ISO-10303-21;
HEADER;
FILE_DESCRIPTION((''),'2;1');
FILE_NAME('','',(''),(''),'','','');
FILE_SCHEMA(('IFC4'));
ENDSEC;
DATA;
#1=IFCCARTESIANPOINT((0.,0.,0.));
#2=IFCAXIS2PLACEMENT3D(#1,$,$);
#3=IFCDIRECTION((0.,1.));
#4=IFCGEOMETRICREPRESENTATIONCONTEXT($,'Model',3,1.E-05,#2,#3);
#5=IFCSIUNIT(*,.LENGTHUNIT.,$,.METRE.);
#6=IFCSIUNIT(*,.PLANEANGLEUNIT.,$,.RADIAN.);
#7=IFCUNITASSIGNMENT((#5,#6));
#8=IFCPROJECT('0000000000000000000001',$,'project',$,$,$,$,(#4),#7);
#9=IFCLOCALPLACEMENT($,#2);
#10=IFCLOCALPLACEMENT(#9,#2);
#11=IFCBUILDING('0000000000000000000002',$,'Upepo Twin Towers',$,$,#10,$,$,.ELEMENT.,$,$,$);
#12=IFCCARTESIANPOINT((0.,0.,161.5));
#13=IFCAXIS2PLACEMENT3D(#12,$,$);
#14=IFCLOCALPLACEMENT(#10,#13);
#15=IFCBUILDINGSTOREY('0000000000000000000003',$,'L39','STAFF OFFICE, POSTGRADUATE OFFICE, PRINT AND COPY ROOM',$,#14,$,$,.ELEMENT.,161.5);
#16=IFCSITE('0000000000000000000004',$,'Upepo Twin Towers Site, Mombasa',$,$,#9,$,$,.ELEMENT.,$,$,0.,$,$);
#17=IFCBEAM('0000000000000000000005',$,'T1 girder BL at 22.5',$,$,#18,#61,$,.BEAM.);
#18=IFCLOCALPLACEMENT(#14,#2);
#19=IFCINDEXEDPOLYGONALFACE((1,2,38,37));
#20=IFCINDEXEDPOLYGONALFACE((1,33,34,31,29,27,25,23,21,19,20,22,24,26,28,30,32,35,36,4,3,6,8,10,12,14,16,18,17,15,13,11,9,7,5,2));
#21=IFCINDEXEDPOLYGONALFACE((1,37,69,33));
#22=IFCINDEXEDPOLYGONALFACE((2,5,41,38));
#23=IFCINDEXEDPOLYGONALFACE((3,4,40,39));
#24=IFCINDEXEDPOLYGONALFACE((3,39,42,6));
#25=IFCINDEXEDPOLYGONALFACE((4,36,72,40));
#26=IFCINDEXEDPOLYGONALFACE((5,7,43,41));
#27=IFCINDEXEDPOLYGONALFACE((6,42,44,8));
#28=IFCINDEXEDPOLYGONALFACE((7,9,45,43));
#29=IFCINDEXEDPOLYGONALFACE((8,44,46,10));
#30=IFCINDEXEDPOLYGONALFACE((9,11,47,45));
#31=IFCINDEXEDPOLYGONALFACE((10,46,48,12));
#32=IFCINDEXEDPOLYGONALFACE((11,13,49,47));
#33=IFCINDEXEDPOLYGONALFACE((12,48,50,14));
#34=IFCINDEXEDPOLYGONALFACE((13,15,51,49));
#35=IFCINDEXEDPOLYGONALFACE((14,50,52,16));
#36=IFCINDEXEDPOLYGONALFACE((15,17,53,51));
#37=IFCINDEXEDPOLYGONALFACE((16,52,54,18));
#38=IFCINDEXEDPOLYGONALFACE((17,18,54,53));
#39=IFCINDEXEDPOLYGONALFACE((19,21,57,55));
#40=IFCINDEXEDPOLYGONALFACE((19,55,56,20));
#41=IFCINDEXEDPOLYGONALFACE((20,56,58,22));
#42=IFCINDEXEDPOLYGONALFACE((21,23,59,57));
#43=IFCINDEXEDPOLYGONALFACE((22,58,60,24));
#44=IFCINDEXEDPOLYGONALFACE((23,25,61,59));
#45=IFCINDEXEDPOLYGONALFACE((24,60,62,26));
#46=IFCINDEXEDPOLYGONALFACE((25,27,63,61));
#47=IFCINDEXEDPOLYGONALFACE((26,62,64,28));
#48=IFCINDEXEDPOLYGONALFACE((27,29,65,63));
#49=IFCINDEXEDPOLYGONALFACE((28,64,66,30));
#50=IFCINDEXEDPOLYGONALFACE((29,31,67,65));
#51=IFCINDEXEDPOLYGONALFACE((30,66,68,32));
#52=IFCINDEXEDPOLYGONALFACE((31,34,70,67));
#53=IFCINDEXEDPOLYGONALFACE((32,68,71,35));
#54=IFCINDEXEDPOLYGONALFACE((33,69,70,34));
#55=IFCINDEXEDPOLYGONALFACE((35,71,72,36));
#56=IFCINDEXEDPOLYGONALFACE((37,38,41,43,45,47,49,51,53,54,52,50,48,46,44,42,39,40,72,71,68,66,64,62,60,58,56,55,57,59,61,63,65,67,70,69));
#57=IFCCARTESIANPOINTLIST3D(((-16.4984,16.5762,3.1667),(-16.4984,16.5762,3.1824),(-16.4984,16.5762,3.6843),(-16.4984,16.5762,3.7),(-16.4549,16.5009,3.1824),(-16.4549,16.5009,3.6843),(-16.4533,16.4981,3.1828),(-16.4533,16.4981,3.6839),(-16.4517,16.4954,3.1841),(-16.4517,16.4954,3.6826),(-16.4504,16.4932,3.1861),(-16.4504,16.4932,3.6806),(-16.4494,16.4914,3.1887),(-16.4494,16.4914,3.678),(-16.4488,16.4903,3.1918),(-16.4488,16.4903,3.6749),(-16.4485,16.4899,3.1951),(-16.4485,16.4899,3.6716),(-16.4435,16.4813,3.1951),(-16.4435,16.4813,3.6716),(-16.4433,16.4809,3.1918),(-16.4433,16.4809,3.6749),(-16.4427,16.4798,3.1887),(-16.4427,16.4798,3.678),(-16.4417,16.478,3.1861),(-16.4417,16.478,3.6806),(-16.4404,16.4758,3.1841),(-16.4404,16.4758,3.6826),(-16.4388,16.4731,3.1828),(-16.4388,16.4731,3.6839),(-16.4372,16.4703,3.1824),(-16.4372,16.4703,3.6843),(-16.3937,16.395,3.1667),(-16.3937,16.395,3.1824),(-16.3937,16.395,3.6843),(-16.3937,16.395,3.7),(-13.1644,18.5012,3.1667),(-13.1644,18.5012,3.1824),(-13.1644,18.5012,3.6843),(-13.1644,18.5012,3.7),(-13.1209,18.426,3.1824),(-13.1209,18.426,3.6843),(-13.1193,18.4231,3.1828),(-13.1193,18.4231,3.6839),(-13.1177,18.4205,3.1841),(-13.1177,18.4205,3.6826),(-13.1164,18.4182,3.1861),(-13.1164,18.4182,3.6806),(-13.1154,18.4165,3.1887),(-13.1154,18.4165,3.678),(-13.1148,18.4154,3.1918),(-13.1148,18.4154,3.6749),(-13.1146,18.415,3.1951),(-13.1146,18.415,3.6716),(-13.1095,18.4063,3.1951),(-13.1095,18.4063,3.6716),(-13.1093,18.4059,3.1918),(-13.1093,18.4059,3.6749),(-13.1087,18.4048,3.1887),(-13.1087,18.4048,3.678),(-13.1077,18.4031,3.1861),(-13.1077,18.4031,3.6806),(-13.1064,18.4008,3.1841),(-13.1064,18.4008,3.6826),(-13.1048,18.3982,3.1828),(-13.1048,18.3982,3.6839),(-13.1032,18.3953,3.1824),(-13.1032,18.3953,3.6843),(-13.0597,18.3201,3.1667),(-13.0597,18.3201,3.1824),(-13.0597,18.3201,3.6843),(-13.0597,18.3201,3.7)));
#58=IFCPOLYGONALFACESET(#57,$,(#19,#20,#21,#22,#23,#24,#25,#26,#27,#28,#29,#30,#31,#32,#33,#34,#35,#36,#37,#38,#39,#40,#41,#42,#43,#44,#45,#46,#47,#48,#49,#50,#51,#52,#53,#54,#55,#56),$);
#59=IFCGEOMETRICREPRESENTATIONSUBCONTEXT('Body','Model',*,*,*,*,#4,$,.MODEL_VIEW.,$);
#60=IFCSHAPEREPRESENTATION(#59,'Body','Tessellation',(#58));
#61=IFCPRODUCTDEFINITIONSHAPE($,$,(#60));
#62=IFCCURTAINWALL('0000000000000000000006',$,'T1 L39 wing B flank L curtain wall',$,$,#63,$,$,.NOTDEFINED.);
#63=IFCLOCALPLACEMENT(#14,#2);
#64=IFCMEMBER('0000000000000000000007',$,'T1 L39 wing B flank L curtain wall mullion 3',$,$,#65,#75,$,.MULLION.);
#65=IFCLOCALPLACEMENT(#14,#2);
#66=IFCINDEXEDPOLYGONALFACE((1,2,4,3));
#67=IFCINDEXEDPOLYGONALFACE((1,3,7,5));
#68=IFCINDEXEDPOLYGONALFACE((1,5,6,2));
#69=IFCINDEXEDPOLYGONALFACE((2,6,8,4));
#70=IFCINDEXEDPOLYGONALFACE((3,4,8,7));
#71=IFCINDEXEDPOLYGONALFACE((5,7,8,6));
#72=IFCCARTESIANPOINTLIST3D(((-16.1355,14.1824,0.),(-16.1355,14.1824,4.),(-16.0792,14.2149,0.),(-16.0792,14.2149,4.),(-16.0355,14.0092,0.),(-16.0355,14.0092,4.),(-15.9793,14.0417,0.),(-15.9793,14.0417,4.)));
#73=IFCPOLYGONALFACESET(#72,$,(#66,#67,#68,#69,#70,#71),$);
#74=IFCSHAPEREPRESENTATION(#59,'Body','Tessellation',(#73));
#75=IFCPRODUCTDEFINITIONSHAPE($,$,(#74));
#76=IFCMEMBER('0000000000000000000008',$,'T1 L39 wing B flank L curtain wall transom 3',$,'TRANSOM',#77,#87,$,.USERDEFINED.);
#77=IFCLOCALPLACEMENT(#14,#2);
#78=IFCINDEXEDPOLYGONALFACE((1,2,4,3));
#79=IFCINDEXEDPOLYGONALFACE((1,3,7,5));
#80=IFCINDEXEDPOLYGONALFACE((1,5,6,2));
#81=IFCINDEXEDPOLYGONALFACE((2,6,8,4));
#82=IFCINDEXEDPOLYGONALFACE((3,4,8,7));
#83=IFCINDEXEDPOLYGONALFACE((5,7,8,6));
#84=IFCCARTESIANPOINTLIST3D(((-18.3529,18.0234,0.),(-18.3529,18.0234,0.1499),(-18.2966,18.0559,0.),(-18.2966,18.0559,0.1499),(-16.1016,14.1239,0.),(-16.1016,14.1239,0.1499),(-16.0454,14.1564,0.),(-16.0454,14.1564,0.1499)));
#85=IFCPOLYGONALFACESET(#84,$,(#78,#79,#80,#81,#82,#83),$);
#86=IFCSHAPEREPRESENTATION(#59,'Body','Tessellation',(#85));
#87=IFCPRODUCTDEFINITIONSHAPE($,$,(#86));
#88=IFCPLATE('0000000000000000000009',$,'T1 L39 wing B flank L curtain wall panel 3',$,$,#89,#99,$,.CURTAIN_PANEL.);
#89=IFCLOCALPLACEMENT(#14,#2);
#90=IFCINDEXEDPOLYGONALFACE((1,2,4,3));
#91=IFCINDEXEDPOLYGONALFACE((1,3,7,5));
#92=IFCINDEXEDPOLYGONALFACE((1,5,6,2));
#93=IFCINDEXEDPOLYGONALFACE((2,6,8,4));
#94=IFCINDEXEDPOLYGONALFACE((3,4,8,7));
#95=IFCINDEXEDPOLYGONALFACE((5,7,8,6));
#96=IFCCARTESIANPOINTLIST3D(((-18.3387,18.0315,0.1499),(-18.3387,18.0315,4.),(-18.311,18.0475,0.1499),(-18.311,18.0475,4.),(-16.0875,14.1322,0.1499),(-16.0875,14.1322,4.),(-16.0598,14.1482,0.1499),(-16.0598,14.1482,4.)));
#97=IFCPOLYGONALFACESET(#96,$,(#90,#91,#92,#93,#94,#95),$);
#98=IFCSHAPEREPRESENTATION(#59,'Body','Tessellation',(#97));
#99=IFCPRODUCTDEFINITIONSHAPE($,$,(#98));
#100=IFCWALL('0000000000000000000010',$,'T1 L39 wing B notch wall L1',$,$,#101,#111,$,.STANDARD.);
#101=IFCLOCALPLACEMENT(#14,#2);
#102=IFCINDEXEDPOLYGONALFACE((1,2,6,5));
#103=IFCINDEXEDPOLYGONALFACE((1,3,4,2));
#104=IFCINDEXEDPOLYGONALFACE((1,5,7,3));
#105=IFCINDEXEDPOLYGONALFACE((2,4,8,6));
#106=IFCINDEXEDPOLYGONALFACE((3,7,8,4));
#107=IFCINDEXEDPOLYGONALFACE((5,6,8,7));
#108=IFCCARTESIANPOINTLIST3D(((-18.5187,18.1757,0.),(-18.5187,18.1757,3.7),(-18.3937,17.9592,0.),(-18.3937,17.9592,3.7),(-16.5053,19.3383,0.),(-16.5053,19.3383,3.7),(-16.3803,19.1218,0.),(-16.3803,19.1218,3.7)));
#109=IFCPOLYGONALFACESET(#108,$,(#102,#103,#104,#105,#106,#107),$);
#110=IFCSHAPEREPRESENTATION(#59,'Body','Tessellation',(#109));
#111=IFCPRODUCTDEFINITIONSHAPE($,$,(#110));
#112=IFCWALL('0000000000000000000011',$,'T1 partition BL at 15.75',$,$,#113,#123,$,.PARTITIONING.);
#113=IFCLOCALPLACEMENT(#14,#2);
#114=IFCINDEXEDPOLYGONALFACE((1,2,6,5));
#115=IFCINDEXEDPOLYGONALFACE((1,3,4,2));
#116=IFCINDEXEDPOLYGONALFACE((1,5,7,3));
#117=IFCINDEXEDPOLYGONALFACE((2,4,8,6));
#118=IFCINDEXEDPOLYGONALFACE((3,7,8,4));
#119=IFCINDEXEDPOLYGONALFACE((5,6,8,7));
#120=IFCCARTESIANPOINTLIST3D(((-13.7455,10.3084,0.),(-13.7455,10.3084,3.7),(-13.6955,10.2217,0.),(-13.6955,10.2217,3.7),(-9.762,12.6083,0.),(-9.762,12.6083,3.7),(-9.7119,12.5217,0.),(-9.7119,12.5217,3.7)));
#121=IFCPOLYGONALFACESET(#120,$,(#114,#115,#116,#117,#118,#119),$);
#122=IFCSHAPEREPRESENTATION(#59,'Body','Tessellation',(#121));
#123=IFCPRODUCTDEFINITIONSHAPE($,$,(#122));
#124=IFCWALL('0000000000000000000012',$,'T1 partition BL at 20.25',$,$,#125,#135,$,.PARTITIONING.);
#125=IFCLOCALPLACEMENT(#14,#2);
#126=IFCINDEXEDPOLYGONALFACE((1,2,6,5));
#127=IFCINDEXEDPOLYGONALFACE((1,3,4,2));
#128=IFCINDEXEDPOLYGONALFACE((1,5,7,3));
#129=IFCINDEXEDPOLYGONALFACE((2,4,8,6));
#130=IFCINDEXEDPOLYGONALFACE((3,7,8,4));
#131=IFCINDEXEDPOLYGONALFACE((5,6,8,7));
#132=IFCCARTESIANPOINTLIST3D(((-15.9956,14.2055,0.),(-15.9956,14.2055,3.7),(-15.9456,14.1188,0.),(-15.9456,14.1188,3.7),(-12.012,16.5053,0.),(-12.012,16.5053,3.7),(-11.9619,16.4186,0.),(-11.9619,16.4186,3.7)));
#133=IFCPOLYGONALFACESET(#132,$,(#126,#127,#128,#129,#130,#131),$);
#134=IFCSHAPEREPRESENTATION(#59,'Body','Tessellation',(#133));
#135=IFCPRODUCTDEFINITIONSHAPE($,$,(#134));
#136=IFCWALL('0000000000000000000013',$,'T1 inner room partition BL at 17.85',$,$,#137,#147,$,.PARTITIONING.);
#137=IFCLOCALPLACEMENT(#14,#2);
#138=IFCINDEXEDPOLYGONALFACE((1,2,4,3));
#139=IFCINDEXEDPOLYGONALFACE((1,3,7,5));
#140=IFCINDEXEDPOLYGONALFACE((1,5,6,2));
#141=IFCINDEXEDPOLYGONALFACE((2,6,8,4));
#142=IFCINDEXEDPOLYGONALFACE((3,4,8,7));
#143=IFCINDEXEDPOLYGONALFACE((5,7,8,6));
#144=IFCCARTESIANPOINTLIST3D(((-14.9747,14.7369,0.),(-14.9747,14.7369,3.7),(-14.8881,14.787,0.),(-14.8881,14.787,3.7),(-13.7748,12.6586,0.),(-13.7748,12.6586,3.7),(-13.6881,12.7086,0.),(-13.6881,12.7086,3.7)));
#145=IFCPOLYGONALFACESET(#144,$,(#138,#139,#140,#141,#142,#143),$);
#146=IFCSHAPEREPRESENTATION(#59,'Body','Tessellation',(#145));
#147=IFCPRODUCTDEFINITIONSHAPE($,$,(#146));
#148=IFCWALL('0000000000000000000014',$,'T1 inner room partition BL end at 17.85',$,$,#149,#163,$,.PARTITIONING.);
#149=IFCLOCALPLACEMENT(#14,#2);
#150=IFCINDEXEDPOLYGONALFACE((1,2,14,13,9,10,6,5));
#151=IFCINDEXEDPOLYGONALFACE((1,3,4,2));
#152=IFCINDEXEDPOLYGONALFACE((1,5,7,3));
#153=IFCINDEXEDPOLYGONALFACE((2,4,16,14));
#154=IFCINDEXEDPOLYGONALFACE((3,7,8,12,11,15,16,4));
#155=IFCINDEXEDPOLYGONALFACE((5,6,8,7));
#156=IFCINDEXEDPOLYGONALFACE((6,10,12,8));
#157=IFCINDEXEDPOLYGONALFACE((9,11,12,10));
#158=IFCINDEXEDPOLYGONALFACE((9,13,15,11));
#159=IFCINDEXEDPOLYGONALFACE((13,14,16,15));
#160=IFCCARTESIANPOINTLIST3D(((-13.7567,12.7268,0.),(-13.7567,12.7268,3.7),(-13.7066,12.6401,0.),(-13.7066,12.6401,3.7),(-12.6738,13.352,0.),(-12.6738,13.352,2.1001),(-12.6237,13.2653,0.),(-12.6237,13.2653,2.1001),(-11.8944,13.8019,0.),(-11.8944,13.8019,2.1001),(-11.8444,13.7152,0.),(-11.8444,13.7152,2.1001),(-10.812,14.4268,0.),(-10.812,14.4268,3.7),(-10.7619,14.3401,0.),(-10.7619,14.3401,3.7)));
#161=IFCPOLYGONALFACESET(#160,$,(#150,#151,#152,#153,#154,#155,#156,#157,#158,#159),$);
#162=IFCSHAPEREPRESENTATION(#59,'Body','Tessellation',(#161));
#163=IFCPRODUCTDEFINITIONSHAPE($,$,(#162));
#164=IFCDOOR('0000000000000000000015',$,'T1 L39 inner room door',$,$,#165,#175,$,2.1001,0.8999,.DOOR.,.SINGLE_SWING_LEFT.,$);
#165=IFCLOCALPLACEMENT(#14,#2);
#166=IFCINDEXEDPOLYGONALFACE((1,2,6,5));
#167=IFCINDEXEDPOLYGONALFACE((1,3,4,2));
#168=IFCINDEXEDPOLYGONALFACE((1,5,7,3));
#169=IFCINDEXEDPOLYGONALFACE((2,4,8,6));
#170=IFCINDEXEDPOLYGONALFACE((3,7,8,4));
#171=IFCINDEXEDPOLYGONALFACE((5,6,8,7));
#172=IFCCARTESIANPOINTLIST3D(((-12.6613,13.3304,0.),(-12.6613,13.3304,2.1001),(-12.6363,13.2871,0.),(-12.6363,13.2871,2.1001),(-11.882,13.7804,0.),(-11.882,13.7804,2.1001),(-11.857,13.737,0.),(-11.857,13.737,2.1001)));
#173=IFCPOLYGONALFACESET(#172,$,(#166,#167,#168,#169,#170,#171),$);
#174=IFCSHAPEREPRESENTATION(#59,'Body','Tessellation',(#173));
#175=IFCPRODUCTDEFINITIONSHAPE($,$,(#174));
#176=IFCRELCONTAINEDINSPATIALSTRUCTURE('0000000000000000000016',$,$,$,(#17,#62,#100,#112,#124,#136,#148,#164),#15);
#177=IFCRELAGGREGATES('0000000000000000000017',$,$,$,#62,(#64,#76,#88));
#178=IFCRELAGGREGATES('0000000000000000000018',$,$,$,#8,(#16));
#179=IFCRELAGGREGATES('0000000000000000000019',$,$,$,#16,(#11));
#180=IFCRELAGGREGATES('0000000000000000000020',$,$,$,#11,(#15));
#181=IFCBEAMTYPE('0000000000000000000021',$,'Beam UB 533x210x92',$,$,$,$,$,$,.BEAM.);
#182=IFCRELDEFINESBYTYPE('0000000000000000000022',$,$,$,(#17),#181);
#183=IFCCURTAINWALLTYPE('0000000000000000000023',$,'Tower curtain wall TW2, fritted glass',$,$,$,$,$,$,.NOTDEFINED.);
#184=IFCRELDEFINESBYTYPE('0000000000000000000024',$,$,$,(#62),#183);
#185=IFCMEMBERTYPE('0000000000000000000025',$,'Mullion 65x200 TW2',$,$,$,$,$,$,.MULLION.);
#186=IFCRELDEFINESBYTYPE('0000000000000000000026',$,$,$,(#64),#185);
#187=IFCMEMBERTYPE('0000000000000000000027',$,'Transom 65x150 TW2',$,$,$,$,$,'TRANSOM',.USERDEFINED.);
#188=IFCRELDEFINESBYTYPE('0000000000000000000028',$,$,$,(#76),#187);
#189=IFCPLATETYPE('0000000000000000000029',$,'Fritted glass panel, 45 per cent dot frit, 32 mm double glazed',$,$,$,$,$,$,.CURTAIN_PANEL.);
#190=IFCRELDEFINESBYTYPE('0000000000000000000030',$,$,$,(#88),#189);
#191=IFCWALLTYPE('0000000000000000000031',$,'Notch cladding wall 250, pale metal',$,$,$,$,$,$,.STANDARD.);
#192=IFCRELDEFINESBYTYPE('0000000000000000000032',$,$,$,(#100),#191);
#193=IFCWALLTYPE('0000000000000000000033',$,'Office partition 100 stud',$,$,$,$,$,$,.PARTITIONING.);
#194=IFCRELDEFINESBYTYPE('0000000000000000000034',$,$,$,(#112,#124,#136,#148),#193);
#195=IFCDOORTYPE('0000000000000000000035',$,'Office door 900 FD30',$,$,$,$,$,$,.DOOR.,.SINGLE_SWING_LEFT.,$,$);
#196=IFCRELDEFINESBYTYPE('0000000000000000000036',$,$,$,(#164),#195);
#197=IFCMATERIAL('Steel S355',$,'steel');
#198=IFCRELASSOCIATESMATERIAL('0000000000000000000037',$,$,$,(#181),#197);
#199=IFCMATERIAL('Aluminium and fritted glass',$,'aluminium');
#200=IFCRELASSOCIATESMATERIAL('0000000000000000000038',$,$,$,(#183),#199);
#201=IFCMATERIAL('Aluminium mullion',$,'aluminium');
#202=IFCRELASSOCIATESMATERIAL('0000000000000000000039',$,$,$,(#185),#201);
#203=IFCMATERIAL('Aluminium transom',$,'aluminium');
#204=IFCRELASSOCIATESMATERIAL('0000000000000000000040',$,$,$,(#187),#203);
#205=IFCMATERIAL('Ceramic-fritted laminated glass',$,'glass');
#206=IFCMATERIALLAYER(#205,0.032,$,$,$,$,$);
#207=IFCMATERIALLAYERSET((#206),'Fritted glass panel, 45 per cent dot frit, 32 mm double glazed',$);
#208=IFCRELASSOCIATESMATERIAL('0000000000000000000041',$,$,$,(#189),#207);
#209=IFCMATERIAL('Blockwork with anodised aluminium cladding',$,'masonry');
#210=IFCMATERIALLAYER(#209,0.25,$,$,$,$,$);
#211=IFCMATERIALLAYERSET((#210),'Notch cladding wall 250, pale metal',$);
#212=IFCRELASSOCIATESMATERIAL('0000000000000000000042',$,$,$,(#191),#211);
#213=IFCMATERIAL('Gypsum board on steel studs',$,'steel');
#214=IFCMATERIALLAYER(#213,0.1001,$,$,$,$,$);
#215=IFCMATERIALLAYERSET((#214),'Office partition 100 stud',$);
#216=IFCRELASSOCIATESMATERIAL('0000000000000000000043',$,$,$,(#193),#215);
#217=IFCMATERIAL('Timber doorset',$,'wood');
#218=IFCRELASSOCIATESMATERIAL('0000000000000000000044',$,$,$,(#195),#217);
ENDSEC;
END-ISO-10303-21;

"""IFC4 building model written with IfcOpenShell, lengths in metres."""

from ifc_helpers import new_model, si_unit, direction, frame, frame_2d, origin, origin_2d, place, context, subcontext, project, spatial, rectangle, i_section, extrude, material, layer, layer_set, material_profile, profile_set, type_object, element, fill, aggregate, save


model = new_model("IFC4")

# Units and contexts
model_context = context("Model", 3, precision=1e-05, world=origin(), true_north=direction((0.0, 1.0)))
body_context = subcontext(model_context, "Body", "Model", "MODEL_VIEW")
ifc_project = project(units=[si_unit("LENGTHUNIT", "METRE"), si_unit("PLANEANGLEUNIT", "RADIAN")], contexts=[model_context])

# Site, building, storey
site_placement = place(None, origin())
site = spatial("IfcSite", under=ifc_project, at=site_placement, Name="Upepo Twin Towers Site, Mombasa", CompositionType="ELEMENT", RefElevation=0.0)
building_placement = place(site_placement, origin())
building = spatial("IfcBuilding", under=site, at=building_placement, Name="Upepo Twin Towers", CompositionType="ELEMENT")
storey_placement = place(building_placement, frame((0.0, 0.0, 161.5)))
storey = spatial("IfcBuildingStorey", under=building, at=storey_placement, Name="L39", Description="STAFF OFFICE, POSTGRADUATE OFFICE, PRINT AND COPY ROOM", CompositionType="ELEMENT", Elevation=161.5)

# Beam
ifc_material_1 = material(Name="Steel S355", Category="steel")
ifc_material_profile_1 = material_profile(ifc_material_1, i_section(OverallWidth=0.2092, OverallDepth=0.5332, WebThickness=0.01, FlangeThickness=0.0156, FilletRadius=0.0127, at=origin_2d()), Name="UB 533x210x92")
ifc_profile_set_1 = profile_set([ifc_material_profile_1], Name="Steel S355")
beam_type_1 = type_object("IfcBeamType", Name="Beam UB 533x210x92", PredefinedType="BEAM", material=ifc_profile_set_1)
for number, where, z_axis, x_axis, name in (
    (1, (-16.446, 16.4856, 3.4333), (0.866006, 0.500034, 0.0), (-0.500034, 0.866006, 0.0), "T1 girder BL at 22.5"),
):
    element("IfcBeam", number, at=place(storey_placement, frame(where, z_axis=z_axis, x_axis=x_axis)), inside=storey, type_object=beam_type_1, Name=name, PredefinedType="BEAM", context=body_context, shape_type="SweptSolid", body=[
        extrude(i_section(OverallWidth=0.2092, OverallDepth=0.5332, WebThickness=0.01, FlangeThickness=0.0156, FilletRadius=0.0127, at=origin_2d()), origin(), (0.0, 0.0, 1.0), 3.8499),
    ])

# Curtain wall, members, plate
ifc_material_2 = material(Name="Aluminium and fritted glass", Category="aluminium")
curtain_wall_type = type_object("IfcCurtainWallType", Name="Tower curtain wall TW2, fritted glass", PredefinedType="NOTDEFINED", material=ifc_material_2)
curtain_wall_placement = place(storey_placement, origin())
curtain_wall = element("IfcCurtainWall", 2, at=curtain_wall_placement, inside=storey, type_object=curtain_wall_type, Name="T1 L39 wing B flank L curtain wall", PredefinedType="NOTDEFINED")
ifc_material_3 = material(Name="Aluminium mullion", Category="aluminium")
ifc_material_profile_2 = material_profile(ifc_material_3, rectangle(XDim=0.0649, YDim=0.2, at=origin_2d()), Name="MULLION 65x200")
ifc_profile_set_2 = profile_set([ifc_material_profile_2], Name="Aluminium mullion")
member_type_1 = type_object("IfcMemberType", Name="Mullion 65x200 TW2", PredefinedType="MULLION", material=ifc_profile_set_2)
member_1_placement = place(storey_placement, frame((-16.0574, 14.1121, 0.0), z_axis=(0.0, 0.0, 1.0), x_axis=(-0.866025, -0.5, 0.0)))
member_1 = element("IfcMember", 3, at=member_1_placement, type_object=member_type_1, Name="T1 L39 wing B flank L curtain wall mullion 3", PredefinedType="MULLION", context=body_context, shape_type="SweptSolid", body=[
    extrude(rectangle(XDim=0.0649, YDim=0.2, at=origin_2d()), origin(), (0.0, 0.0, 1.0), 4.0),
])
ifc_material_4 = material(Name="Aluminium transom", Category="aluminium")
ifc_material_profile_3 = material_profile(ifc_material_4, rectangle(XDim=0.0649, YDim=0.1499, at=origin_2d()), Name="TRANSOM 65x150")
ifc_profile_set_3 = profile_set([ifc_material_profile_3], Name="Aluminium transom")
member_type_2 = type_object("IfcMemberType", Name="Transom 65x150 TW2", ElementType="TRANSOM", PredefinedType="USERDEFINED", material=ifc_profile_set_3)
member_2_placement = place(storey_placement, frame((-16.0735, 14.1401, 0.075), z_axis=(-0.499982, 0.866036, 0.0), x_axis=(-0.866036, -0.499982, 0.0)))
member_2 = element("IfcMember", 4, at=member_2_placement, type_object=member_type_2, Name="T1 L39 wing B flank L curtain wall transom 3", ObjectType="TRANSOM", PredefinedType="USERDEFINED", context=body_context, shape_type="SweptSolid", body=[
    extrude(rectangle(XDim=0.0649, YDim=0.1499, at=origin_2d()), origin(), (0.0, 0.0, 1.0), 4.5027),
])
ifc_material_5 = material(Name="Ceramic-fritted laminated glass", Category="glass")
ifc_layer_1 = layer(ifc_material_5, 0.032)
ifc_layer_set_1 = layer_set([ifc_layer_1], Name="Fritted glass panel, 45 per cent dot frit, 32 mm double glazed")
plate_type = type_object("IfcPlateType", Name="Fritted glass panel, 45 per cent dot frit, 32 mm double glazed", PredefinedType="CURTAIN_PANEL", material=ifc_layer_set_1)
plate_placement = place(storey_placement, frame((-17.1992, 16.0898, 0.1499), z_axis=(0.0, 0.0, 1.0), x_axis=(-0.5, 0.866025, 0.0)))
plate = element("IfcPlate", 5, at=plate_placement, type_object=plate_type, Name="T1 L39 wing B flank L curtain wall panel 3", PredefinedType="CURTAIN_PANEL", context=body_context, shape_type="SweptSolid", body=[
    extrude(rectangle(XDim=4.5024, YDim=0.032, at=origin_2d()), origin(), (0.0, 0.0, 1.0), 3.8501),
])
aggregate(curtain_wall, [member_1, member_2, plate])

# Walls
ifc_material_6 = material(Name="Blockwork with anodised aluminium cladding", Category="masonry")
ifc_layer_2 = layer(ifc_material_6, 0.25)
ifc_layer_set_2 = layer_set([ifc_layer_2], Name="Notch cladding wall 250, pale metal")
wall_type_1 = type_object("IfcWallType", Name="Notch cladding wall 250, pale metal", PredefinedType="STANDARD", material=ifc_layer_set_2)
wall_1_placement = place(storey_placement, frame((-18.4563, 18.0674, 0.0), z_axis=(0.0, 0.0, 1.0), x_axis=(0.865998, 0.500047, 0.0)))
element("IfcWall", 6, at=wall_1_placement, inside=storey, type_object=wall_type_1, Name="T1 L39 wing B notch wall L1", PredefinedType="STANDARD", context=body_context, shape_type="SweptSolid", body=[
    extrude(rectangle(XDim=2.325, YDim=0.25, at=frame_2d((1.1626, 0.0))), origin(), (0.0, 0.0, 1.0), 3.7),
])
ifc_material_7 = material(Name="Gypsum board on steel studs", Category="steel")
ifc_layer_3 = layer(ifc_material_7, 0.1001)
ifc_layer_set_3 = layer_set([ifc_layer_3], Name="Office partition 100 stud")
wall_type_2 = type_object("IfcWallType", Name="Office partition 100 stud", PredefinedType="PARTITIONING", material=ifc_layer_set_3)
for number, where, z_axis, x_axis, name in (
    (7, (-9.7371, 12.5649, 0.0), (0.0, 0.0, 1.0), (-0.866017, -0.500015, 0.0), "T1 partition BL at 15.75"),
    (8, (-11.9871, 16.4619, 0.0), (0.0, 0.0, 1.0), (-0.86604, -0.499975, 0.0), "T1 partition BL at 20.25"),
):
    element("IfcWall", number, at=place(storey_placement, frame(where, z_axis=z_axis, x_axis=x_axis)), inside=storey, type_object=wall_type_2, Name=name, PredefinedType="PARTITIONING", context=body_context, shape_type="SweptSolid", body=[
        extrude(rectangle(XDim=4.5999, YDim=0.1001, at=frame_2d((2.2998, 0.0))), origin(), (0.0, 0.0, 1.0), 3.7),
    ])
wall_2_placement = place(storey_placement, frame((-13.7314, 12.6836, 0.0), z_axis=(0.0, 0.0, 1.0), x_axis=(-0.500001, 0.866025, 0.0)))
element("IfcWall", 9, at=wall_2_placement, inside=storey, type_object=wall_type_2, Name="T1 inner room partition BL at 17.85", PredefinedType="PARTITIONING", context=body_context, shape_type="SweptSolid", body=[
    extrude(rectangle(XDim=2.3999, YDim=0.1001, at=frame_2d((1.2, 0.0))), origin(), (0.0, 0.0, 1.0), 3.7),
])

# Wall, opening, door
wall_3_placement = place(storey_placement, frame((-10.7869, 14.3835, 0.0), z_axis=(0.0, 0.0, 1.0), x_axis=(-0.866039, -0.499977, 0.0)))
wall_3 = element("IfcWall", 10, at=wall_3_placement, inside=storey, type_object=wall_type_2, Name="T1 inner room partition BL end at 17.85", PredefinedType="PARTITIONING", context=body_context, shape_type="SweptSolid", body=[
    extrude(rectangle(XDim=3.4001, YDim=0.1001, at=frame_2d((1.7002, 0.0))), origin(), (0.0, 0.0, 1.0), 3.7),
])
opening_placement = place(wall_3_placement, frame((1.25, 0.0, 0.0)))
opening = element("IfcOpeningElement", 11, at=opening_placement, cuts=wall_3, PredefinedType="OPENING", context=body_context, shape_type="SweptSolid", body=[
    extrude(rectangle(XDim=0.8999, YDim=2.1001, at=frame_2d((0.45, 1.05))), frame((0.0, 0.0601, 0.0), z_axis=(0.0, -1.0, 0.0), x_axis=(1.0, 0.0, 0.0)), (0.0, 0.0, 1.0), 0.1201),
])
ifc_material_8 = material(Name="Timber doorset", Category="wood")
door_type = type_object("IfcDoorType", Name="Office door 900 FD30", OperationType="SINGLE_SWING_LEFT", PredefinedType="DOOR", material=ifc_material_8)
door_placement = place(opening_placement, origin())
door = element("IfcDoor", 12, at=door_placement, inside=storey, type_object=door_type, Name="T1 L39 inner room door", OperationType="SINGLE_SWING_LEFT", OverallHeight=2.1001, OverallWidth=0.8999, PredefinedType="DOOR", context=body_context, shape_type="SweptSolid", body=[
    extrude(rectangle(XDim=0.8999, YDim=2.1001, at=frame_2d((0.45, 1.05))), frame((0.0, 0.0249, 0.0), z_axis=(0.0, -1.0, 0.0), x_axis=(1.0, 0.0, 0.0)), (0.0, 0.0, 1.0), 0.05),
])
fill(opening, door)

save(model, "model.ifc")
